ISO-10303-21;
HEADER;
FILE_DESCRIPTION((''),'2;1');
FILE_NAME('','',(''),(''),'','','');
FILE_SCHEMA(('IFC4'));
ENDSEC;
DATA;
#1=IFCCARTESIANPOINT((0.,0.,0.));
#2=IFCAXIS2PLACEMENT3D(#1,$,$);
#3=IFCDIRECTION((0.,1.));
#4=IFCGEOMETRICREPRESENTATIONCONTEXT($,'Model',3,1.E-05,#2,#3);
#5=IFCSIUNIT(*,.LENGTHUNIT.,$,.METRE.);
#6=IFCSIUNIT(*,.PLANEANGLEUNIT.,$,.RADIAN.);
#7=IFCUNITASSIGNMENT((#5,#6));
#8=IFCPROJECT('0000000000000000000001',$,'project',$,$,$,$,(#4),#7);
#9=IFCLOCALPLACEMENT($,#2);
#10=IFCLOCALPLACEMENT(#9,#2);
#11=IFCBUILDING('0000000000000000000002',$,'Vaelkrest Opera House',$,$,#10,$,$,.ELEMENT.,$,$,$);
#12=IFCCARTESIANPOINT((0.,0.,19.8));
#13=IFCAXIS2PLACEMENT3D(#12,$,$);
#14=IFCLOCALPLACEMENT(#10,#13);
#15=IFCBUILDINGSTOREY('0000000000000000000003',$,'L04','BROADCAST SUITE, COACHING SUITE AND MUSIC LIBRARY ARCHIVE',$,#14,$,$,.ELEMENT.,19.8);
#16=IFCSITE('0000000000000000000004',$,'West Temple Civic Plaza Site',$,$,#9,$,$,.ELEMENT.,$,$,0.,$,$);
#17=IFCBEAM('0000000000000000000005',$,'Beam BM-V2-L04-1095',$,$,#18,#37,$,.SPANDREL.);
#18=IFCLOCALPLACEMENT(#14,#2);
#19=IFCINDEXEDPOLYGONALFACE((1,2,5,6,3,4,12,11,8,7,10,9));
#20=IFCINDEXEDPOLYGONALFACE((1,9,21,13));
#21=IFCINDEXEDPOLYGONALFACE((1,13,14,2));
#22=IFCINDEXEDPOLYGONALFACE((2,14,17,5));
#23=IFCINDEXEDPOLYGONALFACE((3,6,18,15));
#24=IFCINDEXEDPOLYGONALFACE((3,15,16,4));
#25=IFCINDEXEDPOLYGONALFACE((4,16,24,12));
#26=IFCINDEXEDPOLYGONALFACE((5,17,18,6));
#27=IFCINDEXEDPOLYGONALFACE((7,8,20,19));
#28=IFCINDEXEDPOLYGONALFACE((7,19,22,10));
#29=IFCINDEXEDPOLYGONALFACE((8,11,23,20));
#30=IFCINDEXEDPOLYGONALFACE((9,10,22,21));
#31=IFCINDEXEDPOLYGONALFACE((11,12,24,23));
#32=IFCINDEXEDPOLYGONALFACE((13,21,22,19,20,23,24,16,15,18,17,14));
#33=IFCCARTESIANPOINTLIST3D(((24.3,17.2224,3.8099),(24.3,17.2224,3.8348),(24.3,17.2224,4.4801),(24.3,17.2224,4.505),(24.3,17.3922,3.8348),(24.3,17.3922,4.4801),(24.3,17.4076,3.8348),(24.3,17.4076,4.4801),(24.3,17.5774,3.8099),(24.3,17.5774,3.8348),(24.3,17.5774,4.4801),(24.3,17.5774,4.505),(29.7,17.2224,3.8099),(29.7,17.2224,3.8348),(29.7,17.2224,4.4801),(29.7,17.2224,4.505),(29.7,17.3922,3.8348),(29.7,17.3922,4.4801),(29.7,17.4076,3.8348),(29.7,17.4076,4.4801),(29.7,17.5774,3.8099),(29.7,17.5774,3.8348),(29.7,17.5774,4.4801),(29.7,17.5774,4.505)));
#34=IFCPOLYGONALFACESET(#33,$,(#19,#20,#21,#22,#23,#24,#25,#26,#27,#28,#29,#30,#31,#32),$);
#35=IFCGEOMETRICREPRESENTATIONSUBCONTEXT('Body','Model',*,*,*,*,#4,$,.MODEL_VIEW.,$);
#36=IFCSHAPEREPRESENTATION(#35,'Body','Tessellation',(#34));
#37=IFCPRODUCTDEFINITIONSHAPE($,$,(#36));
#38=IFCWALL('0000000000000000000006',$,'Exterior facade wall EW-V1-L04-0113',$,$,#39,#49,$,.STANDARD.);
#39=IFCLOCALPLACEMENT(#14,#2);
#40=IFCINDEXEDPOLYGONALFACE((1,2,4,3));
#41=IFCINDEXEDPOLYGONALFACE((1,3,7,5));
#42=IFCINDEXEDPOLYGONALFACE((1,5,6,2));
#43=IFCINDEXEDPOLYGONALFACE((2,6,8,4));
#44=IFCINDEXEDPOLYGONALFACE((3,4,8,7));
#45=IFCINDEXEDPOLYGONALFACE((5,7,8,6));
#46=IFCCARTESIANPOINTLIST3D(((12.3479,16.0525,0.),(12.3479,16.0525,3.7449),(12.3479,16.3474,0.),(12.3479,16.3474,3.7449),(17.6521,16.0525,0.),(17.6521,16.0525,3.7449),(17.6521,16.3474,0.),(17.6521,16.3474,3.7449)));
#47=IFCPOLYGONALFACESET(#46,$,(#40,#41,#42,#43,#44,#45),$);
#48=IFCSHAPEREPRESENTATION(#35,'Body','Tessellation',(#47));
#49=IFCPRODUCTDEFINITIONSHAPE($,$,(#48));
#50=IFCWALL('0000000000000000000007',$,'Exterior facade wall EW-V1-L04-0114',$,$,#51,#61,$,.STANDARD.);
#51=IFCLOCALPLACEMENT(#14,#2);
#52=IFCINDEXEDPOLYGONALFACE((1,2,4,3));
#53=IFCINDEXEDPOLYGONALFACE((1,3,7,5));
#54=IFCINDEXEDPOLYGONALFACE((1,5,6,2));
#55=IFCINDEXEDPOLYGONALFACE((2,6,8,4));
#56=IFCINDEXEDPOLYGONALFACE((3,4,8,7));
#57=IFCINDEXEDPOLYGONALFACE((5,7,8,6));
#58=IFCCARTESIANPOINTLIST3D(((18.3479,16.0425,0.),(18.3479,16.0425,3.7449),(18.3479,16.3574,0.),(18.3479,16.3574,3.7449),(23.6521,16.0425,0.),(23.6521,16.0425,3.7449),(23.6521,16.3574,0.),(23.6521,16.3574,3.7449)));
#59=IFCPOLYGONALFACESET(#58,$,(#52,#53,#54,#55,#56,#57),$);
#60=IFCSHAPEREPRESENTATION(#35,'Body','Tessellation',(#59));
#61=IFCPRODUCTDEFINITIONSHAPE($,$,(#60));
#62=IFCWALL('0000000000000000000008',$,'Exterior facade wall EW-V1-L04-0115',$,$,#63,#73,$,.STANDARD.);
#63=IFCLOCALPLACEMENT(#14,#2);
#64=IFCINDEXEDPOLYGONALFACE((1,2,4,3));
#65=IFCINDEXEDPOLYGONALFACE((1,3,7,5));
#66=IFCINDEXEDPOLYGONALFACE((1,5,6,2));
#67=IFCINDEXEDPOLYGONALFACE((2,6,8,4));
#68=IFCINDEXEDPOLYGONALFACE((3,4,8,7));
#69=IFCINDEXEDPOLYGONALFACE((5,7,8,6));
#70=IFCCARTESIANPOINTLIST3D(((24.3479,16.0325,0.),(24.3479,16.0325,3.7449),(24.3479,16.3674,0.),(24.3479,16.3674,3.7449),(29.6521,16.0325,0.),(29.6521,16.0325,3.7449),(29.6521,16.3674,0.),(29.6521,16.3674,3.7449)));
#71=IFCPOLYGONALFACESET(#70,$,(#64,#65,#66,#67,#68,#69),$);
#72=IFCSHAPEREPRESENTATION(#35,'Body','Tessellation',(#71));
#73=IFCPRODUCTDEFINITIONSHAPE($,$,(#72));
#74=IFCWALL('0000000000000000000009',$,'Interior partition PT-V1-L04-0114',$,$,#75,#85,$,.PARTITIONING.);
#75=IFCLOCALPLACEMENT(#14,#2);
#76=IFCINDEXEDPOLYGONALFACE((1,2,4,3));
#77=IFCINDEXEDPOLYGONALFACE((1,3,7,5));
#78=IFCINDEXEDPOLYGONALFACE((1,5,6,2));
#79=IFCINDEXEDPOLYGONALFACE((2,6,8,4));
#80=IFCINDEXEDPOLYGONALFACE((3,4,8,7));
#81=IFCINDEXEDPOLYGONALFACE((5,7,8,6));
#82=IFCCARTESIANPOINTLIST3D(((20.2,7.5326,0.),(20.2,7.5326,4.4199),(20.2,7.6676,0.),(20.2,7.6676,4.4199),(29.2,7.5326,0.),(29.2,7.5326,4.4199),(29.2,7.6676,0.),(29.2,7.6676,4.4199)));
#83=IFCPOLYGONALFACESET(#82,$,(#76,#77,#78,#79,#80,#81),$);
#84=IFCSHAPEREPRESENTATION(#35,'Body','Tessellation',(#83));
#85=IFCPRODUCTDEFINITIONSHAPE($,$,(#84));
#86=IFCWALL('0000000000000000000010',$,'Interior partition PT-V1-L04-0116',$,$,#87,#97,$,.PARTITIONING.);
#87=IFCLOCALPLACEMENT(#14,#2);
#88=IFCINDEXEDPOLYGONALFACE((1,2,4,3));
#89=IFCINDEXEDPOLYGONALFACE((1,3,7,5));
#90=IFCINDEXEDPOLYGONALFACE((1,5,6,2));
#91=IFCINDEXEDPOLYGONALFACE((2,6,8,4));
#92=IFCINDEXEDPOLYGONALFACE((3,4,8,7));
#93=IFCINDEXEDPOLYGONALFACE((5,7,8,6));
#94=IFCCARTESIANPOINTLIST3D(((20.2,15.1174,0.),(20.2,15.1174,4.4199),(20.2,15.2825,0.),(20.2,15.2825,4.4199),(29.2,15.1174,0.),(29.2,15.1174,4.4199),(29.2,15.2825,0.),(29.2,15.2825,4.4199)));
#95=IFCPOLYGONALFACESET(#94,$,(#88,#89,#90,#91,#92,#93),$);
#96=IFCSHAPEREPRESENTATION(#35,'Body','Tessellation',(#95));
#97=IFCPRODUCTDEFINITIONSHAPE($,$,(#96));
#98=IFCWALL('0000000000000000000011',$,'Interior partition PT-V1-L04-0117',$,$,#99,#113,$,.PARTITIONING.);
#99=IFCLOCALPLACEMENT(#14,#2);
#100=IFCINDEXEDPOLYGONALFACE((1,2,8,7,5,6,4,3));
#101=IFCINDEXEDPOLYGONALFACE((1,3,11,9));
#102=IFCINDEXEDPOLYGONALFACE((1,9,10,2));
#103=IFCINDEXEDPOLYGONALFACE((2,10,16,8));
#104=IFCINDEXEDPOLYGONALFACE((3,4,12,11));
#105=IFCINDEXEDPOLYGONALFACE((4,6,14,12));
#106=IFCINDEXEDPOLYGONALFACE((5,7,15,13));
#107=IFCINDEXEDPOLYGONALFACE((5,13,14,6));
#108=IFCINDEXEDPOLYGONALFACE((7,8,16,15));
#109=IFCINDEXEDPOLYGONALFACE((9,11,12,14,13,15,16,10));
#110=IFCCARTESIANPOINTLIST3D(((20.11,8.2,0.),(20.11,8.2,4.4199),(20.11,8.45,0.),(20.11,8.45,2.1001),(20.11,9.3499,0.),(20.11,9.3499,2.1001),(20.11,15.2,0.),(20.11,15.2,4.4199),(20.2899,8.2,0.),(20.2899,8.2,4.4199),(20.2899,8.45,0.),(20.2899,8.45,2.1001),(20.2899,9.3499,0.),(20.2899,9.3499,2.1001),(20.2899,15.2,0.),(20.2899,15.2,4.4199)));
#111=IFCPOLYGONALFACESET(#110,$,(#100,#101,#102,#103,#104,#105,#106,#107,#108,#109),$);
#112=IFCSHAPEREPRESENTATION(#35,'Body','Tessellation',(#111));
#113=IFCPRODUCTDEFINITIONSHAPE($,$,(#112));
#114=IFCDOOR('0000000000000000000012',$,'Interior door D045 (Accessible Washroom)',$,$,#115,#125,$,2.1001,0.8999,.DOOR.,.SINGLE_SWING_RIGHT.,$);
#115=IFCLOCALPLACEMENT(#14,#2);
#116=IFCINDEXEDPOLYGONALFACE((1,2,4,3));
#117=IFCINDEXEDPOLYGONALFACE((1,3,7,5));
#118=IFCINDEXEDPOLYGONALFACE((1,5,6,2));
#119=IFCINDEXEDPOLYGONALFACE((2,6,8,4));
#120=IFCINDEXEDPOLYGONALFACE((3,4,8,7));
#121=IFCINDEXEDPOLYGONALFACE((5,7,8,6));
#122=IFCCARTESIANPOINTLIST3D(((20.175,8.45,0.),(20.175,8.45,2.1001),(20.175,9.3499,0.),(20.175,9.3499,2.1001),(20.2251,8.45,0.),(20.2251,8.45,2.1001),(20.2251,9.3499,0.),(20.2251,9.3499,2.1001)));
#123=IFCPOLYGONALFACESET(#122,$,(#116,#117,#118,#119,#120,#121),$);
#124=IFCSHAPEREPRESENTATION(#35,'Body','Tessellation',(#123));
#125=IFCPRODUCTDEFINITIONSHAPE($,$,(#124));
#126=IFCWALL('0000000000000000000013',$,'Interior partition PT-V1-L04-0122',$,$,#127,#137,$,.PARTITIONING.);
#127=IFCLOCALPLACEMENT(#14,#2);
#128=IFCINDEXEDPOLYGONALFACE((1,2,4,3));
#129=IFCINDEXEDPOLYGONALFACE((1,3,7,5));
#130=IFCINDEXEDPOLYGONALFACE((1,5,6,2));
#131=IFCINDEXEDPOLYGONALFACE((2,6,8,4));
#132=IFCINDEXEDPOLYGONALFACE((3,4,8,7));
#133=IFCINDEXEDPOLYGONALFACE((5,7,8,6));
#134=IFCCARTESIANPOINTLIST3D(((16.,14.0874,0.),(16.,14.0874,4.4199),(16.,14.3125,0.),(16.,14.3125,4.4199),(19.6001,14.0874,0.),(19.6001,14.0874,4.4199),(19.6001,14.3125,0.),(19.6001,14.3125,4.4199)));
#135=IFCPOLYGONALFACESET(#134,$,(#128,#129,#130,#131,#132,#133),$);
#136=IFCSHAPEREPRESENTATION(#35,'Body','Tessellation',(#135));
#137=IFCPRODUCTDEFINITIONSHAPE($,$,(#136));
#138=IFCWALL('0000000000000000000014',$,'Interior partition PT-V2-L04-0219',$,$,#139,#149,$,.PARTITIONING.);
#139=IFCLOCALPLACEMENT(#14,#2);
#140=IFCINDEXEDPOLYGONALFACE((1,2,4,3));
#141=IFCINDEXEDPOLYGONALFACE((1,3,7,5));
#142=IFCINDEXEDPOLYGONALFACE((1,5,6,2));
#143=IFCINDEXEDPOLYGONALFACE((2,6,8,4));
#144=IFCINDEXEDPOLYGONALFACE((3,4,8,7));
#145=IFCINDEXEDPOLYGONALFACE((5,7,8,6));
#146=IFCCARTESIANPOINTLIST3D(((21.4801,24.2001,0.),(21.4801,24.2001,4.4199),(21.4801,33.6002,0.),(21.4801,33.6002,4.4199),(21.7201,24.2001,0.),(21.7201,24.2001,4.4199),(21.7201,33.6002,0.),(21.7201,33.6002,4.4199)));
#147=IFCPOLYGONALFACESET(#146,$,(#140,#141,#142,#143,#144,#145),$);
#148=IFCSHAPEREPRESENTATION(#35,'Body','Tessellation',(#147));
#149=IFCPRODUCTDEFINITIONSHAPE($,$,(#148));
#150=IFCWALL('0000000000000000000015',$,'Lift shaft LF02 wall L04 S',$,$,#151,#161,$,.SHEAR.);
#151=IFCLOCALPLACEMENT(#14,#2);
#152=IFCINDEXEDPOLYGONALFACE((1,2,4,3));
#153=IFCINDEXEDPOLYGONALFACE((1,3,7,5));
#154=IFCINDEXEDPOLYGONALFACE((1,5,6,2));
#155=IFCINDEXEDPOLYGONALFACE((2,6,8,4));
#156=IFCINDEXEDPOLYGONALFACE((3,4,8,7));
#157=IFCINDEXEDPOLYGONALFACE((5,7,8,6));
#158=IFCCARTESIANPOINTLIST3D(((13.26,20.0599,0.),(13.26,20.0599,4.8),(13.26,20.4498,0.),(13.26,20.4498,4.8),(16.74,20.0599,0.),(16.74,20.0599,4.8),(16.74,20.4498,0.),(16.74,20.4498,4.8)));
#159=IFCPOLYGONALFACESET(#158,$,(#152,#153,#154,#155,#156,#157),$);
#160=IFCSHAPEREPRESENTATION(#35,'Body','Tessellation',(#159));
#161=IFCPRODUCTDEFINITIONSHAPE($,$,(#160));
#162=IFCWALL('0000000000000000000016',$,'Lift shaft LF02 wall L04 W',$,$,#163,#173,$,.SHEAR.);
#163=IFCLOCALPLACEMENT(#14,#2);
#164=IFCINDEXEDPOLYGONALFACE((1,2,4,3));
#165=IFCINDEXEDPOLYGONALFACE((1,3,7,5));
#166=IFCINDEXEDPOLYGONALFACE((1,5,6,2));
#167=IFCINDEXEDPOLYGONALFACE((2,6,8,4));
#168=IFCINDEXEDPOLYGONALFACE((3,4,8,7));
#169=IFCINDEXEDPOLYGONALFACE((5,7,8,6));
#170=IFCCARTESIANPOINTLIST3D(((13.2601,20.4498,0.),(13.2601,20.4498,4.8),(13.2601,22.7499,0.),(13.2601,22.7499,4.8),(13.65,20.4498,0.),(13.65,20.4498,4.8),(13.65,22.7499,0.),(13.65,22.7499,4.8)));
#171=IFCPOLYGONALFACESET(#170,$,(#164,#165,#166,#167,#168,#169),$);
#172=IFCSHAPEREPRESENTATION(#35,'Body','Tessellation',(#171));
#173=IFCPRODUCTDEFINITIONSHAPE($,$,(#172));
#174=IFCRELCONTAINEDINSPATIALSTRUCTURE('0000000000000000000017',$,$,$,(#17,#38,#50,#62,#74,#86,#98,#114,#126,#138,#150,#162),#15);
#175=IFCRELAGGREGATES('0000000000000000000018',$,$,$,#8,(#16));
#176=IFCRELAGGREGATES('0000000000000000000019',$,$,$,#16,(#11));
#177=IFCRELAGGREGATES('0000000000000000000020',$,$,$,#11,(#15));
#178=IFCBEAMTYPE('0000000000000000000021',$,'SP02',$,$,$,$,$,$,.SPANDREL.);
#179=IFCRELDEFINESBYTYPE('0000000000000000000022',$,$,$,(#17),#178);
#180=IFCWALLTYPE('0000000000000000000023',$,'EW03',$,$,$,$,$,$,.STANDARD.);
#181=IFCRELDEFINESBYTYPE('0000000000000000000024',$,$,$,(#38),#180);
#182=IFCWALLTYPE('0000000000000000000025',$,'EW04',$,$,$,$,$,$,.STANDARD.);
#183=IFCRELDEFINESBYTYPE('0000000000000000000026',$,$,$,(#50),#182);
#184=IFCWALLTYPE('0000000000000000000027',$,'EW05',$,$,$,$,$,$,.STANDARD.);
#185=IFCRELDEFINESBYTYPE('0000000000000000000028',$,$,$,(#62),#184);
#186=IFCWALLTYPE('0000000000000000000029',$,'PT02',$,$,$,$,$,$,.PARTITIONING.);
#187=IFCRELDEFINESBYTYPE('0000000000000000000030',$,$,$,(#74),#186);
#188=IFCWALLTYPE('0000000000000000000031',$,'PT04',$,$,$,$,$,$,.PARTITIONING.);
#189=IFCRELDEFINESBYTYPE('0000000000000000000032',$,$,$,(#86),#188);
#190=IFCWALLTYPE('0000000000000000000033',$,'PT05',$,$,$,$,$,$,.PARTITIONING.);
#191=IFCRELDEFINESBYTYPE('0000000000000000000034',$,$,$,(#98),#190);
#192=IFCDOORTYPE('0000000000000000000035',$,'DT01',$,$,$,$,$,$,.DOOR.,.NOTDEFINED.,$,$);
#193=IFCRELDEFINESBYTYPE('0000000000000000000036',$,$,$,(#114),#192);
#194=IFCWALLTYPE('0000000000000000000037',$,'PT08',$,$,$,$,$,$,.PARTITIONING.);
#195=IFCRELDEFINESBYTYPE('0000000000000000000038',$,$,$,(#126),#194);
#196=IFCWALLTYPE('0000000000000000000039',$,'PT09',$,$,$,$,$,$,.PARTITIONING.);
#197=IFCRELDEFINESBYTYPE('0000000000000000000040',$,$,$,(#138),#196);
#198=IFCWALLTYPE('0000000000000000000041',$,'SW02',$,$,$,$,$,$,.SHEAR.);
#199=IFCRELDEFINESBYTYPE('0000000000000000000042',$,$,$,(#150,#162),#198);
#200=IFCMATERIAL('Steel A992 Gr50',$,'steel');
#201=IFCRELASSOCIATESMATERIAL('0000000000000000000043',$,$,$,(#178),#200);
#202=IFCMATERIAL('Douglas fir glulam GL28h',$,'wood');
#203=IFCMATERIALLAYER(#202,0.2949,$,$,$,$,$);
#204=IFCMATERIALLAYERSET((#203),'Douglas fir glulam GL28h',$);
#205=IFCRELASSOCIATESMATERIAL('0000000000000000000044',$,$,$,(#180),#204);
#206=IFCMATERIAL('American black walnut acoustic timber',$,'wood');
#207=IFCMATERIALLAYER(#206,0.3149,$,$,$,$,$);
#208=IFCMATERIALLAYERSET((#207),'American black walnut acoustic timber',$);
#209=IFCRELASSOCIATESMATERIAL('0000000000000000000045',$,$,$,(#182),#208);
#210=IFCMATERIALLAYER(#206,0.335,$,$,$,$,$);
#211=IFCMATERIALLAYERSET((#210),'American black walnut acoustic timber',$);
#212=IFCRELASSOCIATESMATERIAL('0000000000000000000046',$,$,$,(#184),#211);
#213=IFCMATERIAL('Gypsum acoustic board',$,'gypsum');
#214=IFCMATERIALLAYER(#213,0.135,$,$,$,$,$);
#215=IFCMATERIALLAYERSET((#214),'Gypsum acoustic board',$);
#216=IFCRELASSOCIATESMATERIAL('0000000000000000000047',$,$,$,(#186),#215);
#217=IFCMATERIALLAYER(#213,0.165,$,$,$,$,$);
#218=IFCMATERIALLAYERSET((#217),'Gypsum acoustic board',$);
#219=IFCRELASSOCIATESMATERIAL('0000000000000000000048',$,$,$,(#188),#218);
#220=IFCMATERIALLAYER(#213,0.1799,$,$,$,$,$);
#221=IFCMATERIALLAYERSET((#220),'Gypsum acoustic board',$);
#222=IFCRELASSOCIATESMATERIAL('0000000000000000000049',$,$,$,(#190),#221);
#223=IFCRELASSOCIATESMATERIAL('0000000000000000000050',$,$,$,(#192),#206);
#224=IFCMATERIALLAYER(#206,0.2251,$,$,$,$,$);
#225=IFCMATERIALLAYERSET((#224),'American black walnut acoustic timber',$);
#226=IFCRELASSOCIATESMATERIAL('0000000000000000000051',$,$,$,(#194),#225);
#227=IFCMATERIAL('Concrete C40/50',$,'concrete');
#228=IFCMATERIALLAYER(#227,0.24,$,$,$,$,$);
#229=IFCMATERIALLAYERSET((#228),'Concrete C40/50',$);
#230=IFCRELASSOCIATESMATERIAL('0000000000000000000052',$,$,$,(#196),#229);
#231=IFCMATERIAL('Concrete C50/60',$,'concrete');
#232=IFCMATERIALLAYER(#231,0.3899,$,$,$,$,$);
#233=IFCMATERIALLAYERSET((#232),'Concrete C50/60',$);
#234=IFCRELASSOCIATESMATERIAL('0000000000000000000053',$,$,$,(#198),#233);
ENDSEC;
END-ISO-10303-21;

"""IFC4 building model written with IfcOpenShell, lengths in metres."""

from ifc_helpers import new_model, si_unit, direction, frame, frame_2d, origin, origin_2d, place, context, subcontext, project, spatial, rectangle, i_section, extrude, material, layer, layer_set, material_profile, profile_set, type_object, element, fill, save


model = new_model("IFC4")

# Units and contexts
model_context = context("Model", 3, precision=1e-05, world=origin(), true_north=direction((0.0, 1.0)))
body_context = subcontext(model_context, "Body", "Model", "MODEL_VIEW")
ifc_project = project(units=[si_unit("LENGTHUNIT", "METRE"), si_unit("PLANEANGLEUNIT", "RADIAN")], contexts=[model_context])

# Site, building, storey
site_placement = place(None, origin())
site = spatial("IfcSite", under=ifc_project, at=site_placement, Name="West Temple Civic Plaza Site", CompositionType="ELEMENT", RefElevation=0.0)
building_placement = place(site_placement, origin())
building = spatial("IfcBuilding", under=site, at=building_placement, Name="Vaelkrest Opera House", CompositionType="ELEMENT")
storey_placement = place(building_placement, frame((0.0, 0.0, 19.8)))
storey = spatial("IfcBuildingStorey", under=building, at=storey_placement, Name="L04", Description="BROADCAST SUITE, COACHING SUITE AND MUSIC LIBRARY ARCHIVE", CompositionType="ELEMENT", Elevation=19.8)

# Shared definitions
ifc_material_1 = material(Name="Concrete C50/60", Category="concrete")

# Beam
ifc_material_2 = material(Name="Steel A992 Gr50", Category="steel")
ifc_material_profile_1 = material_profile(ifc_material_2, i_section(OverallWidth=0.355, OverallDepth=0.6951, WebThickness=0.0154, FlangeThickness=0.0249, at=origin_2d()), Name="W27X146")
ifc_profile_set_1 = profile_set([ifc_material_profile_1], Name="Steel A992 Gr50")
beam_type_1 = type_object("IfcBeamType", Name="SP02", PredefinedType="SPANDREL", material=ifc_profile_set_1)
beam_1_placement = place(storey_placement, frame((24.3, 17.3999, 4.1575), z_axis=(1.0, 0.0, 0.0), x_axis=(0.0, 1.0, 0.0)))
element("IfcBeam", 1, at=beam_1_placement, inside=storey, type_object=beam_type_1, Name="Beam BM-V2-L04-1095", PredefinedType="SPANDREL", context=body_context, shape_type="SweptSolid", body=[
    extrude(i_section(OverallWidth=0.355, OverallDepth=0.6951, WebThickness=0.0154, FlangeThickness=0.0249, at=origin_2d()), origin(), (0.0, 0.0, 1.0), 5.3999),
])

# Walls
ifc_material_3 = material(Name="Douglas fir glulam GL28h", Category="wood")
ifc_layer_1 = layer(ifc_material_3, 0.2949)
ifc_layer_set_1 = layer_set([ifc_layer_1], Name="Douglas fir glulam GL28h")
wall_type_1 = type_object("IfcWallType", Name="EW03", PredefinedType="STANDARD", material=ifc_layer_set_1)
wall_1_placement = place(storey_placement, frame((12.3479, 16.2, 0.0), z_axis=(0.0, 0.0, 1.0), x_axis=(1.0, 0.0, 0.0)))
element("IfcWall", 2, at=wall_1_placement, inside=storey, type_object=wall_type_1, Name="Exterior facade wall EW-V1-L04-0113", PredefinedType="STANDARD", context=body_context, shape_type="SweptSolid", body=[
    extrude(rectangle(XDim=5.3042, YDim=0.2949, at=frame_2d((2.6521, 0.0))), origin(), (0.0, 0.0, 1.0), 3.7449),
])
ifc_material_4 = material(Name="American black walnut acoustic timber", Category="wood")
ifc_layer_2 = layer(ifc_material_4, 0.3149)
ifc_layer_set_2 = layer_set([ifc_layer_2], Name="American black walnut acoustic timber")
wall_type_2 = type_object("IfcWallType", Name="EW04", PredefinedType="STANDARD", material=ifc_layer_set_2)
wall_2_placement = place(storey_placement, frame((18.3479, 16.2, 0.0), z_axis=(0.0, 0.0, 1.0), x_axis=(1.0, 0.0, 0.0)))
element("IfcWall", 3, at=wall_2_placement, inside=storey, type_object=wall_type_2, Name="Exterior facade wall EW-V1-L04-0114", PredefinedType="STANDARD", context=body_context, shape_type="SweptSolid", body=[
    extrude(rectangle(XDim=5.3042, YDim=0.3149, at=frame_2d((2.6521, 0.0))), origin(), (0.0, 0.0, 1.0), 3.7449),
])
ifc_layer_3 = layer(ifc_material_4, 0.335)
ifc_layer_set_3 = layer_set([ifc_layer_3], Name="American black walnut acoustic timber")
wall_type_3 = type_object("IfcWallType", Name="EW05", PredefinedType="STANDARD", material=ifc_layer_set_3)
wall_3_placement = place(storey_placement, frame((24.3479, 16.2, 0.0), z_axis=(0.0, 0.0, 1.0), x_axis=(1.0, 0.0, 0.0)))
element("IfcWall", 4, at=wall_3_placement, inside=storey, type_object=wall_type_3, Name="Exterior facade wall EW-V1-L04-0115", PredefinedType="STANDARD", context=body_context, shape_type="SweptSolid", body=[
    extrude(rectangle(XDim=5.3042, YDim=0.335, at=frame_2d((2.6521, 0.0))), origin(), (0.0, 0.0, 1.0), 3.7449),
])
ifc_material_5 = material(Name="Gypsum acoustic board", Category="gypsum")
ifc_layer_4 = layer(ifc_material_5, 0.135)
ifc_layer_set_4 = layer_set([ifc_layer_4], Name="Gypsum acoustic board")
wall_type_4 = type_object("IfcWallType", Name="PT02", PredefinedType="PARTITIONING", material=ifc_layer_set_4)
wall_4_placement = place(storey_placement, frame((20.2, 7.6001, 0.0), z_axis=(0.0, 0.0, 1.0), x_axis=(1.0, 0.0, 0.0)))
element("IfcWall", 5, at=wall_4_placement, inside=storey, type_object=wall_type_4, Name="Interior partition PT-V1-L04-0114", PredefinedType="PARTITIONING", context=body_context, shape_type="SweptSolid", body=[
    extrude(rectangle(XDim=9.0, YDim=0.135, at=frame_2d((4.5, 0.0))), origin(), (0.0, 0.0, 1.0), 4.4199),
])
ifc_layer_5 = layer(ifc_material_5, 0.165)
ifc_layer_set_5 = layer_set([ifc_layer_5], Name="Gypsum acoustic board")
wall_type_5 = type_object("IfcWallType", Name="PT04", PredefinedType="PARTITIONING", material=ifc_layer_set_5)
wall_5_placement = place(storey_placement, frame((20.2, 15.2, 0.0), z_axis=(0.0, 0.0, 1.0), x_axis=(1.0, 0.0, 0.0)))
element("IfcWall", 6, at=wall_5_placement, inside=storey, type_object=wall_type_5, Name="Interior partition PT-V1-L04-0116", PredefinedType="PARTITIONING", context=body_context, shape_type="SweptSolid", body=[
    extrude(rectangle(XDim=9.0, YDim=0.165, at=frame_2d((4.5, 0.0))), origin(), (0.0, 0.0, 1.0), 4.4199),
])

# Wall, opening, door
ifc_layer_6 = layer(ifc_material_5, 0.1799)
ifc_layer_set_6 = layer_set([ifc_layer_6], Name="Gypsum acoustic board")
wall_type_6 = type_object("IfcWallType", Name="PT05", PredefinedType="PARTITIONING", material=ifc_layer_set_6)
wall_6_placement = place(storey_placement, frame((20.2, 8.2, 0.0), z_axis=(0.0, 0.0, 1.0), x_axis=(0.0, 1.0, 0.0)))
wall_6 = element("IfcWall", 7, at=wall_6_placement, inside=storey, type_object=wall_type_6, Name="Interior partition PT-V1-L04-0117", PredefinedType="PARTITIONING", context=body_context, shape_type="SweptSolid", body=[
    extrude(rectangle(XDim=7.0, YDim=0.1799, at=frame_2d((3.5, 0.0))), origin(), (0.0, 0.0, 1.0), 4.4199),
])
opening_1_placement = place(wall_6_placement, frame((0.25, 0.0, 0.0)))
opening_1 = element("IfcOpeningElement", 8, at=opening_1_placement, cuts=wall_6, PredefinedType="OPENING", context=body_context, shape_type="SweptSolid", body=[
    extrude(rectangle(XDim=0.8999, YDim=2.1001, at=frame_2d((0.45, 1.05))), frame((0.0, 0.0999, 0.0), z_axis=(0.0, -1.0, 0.0), x_axis=(1.0, 0.0, 0.0)), (0.0, 0.0, 1.0), 0.2),
])
door_type_1 = type_object("IfcDoorType", Name="DT01", OperationType="NOTDEFINED", PredefinedType="DOOR", material=ifc_material_4)
door_1_placement = place(opening_1_placement, origin())
door_1 = element("IfcDoor", 9, at=door_1_placement, inside=storey, type_object=door_type_1, Name="Interior door D045 (Accessible Washroom)", OperationType="SINGLE_SWING_RIGHT", OverallHeight=2.1001, OverallWidth=0.8999, PredefinedType="DOOR", context=body_context, shape_type="SweptSolid", body=[
    extrude(rectangle(XDim=0.8999, YDim=2.1001, at=frame_2d((0.45, 1.05))), frame((0.0, 0.0249, 0.0), z_axis=(0.0, -1.0, 0.0), x_axis=(1.0, 0.0, 0.0)), (0.0, 0.0, 1.0), 0.05),
])
fill(opening_1, door_1)

# Walls
ifc_layer_7 = layer(ifc_material_4, 0.2251)
ifc_layer_set_7 = layer_set([ifc_layer_7], Name="American black walnut acoustic timber")
wall_type_7 = type_object("IfcWallType", Name="PT08", PredefinedType="PARTITIONING", material=ifc_layer_set_7)
wall_7_placement = place(storey_placement, frame((16.0, 14.2, 0.0), z_axis=(0.0, 0.0, 1.0), x_axis=(1.0, 0.0, 0.0)))
element("IfcWall", 10, at=wall_7_placement, inside=storey, type_object=wall_type_7, Name="Interior partition PT-V1-L04-0122", PredefinedType="PARTITIONING", context=body_context, shape_type="SweptSolid", body=[
    extrude(rectangle(XDim=3.6001, YDim=0.2251, at=frame_2d((1.8, 0.0))), origin(), (0.0, 0.0, 1.0), 4.4199),
])
ifc_material_6 = material(Name="Concrete C40/50", Category="concrete")
ifc_layer_8 = layer(ifc_material_6, 0.24)
ifc_layer_set_8 = layer_set([ifc_layer_8], Name="Concrete C40/50")
wall_type_8 = type_object("IfcWallType", Name="PT09", PredefinedType="PARTITIONING", material=ifc_layer_set_8)
wall_8_placement = place(storey_placement, frame((21.6001, 24.2, 0.0), z_axis=(0.0, 0.0, 1.0), x_axis=(0.0, 1.0, 0.0)))
element("IfcWall", 11, at=wall_8_placement, inside=storey, type_object=wall_type_8, Name="Interior partition PT-V2-L04-0219", PredefinedType="PARTITIONING", context=body_context, shape_type="SweptSolid", body=[
    extrude(rectangle(XDim=9.4001, YDim=0.24, at=frame_2d((4.7002, 0.0))), origin(), (0.0, 0.0, 1.0), 4.4199),
])
ifc_layer_9 = layer(ifc_material_1, 0.3899)
ifc_layer_set_9 = layer_set([ifc_layer_9], Name="Concrete C50/60")
wall_type_9 = type_object("IfcWallType", Name="SW02", PredefinedType="SHEAR", material=ifc_layer_set_9)
wall_9_placement = place(storey_placement, frame((16.74, 20.2549, 0.0), z_axis=(0.0, 0.0, 1.0), x_axis=(-1.0, 0.0, 0.0)))
element("IfcWall", 12, at=wall_9_placement, inside=storey, type_object=wall_type_9, Name="Lift shaft LF02 wall L04 S", PredefinedType="SHEAR", context=body_context, shape_type="SweptSolid", body=[
    extrude(rectangle(XDim=3.48, YDim=0.3899, at=frame_2d((1.74, 0.0))), origin(), (0.0, 0.0, 1.0), 4.8),
])

# Wall
for number, where, z_axis, x_axis, name in (
    (13, (13.4551, 20.45, 0.0), (0.0, 0.0, 1.0), (0.0, 1.0, 0.0), "Lift shaft LF02 wall L04 W"),
):
    element("IfcWall", number, at=place(storey_placement, frame(where, z_axis=z_axis, x_axis=x_axis)), inside=storey, type_object=wall_type_9, Name=name, PredefinedType="SHEAR", context=body_context, shape_type="SweptSolid", body=[
        extrude(rectangle(XDim=2.3, YDim=0.3899, at=frame_2d((1.1499, 0.0))), origin(), (0.0, 0.0, 1.0), 4.8),
    ])

save(model, "model.ifc")
